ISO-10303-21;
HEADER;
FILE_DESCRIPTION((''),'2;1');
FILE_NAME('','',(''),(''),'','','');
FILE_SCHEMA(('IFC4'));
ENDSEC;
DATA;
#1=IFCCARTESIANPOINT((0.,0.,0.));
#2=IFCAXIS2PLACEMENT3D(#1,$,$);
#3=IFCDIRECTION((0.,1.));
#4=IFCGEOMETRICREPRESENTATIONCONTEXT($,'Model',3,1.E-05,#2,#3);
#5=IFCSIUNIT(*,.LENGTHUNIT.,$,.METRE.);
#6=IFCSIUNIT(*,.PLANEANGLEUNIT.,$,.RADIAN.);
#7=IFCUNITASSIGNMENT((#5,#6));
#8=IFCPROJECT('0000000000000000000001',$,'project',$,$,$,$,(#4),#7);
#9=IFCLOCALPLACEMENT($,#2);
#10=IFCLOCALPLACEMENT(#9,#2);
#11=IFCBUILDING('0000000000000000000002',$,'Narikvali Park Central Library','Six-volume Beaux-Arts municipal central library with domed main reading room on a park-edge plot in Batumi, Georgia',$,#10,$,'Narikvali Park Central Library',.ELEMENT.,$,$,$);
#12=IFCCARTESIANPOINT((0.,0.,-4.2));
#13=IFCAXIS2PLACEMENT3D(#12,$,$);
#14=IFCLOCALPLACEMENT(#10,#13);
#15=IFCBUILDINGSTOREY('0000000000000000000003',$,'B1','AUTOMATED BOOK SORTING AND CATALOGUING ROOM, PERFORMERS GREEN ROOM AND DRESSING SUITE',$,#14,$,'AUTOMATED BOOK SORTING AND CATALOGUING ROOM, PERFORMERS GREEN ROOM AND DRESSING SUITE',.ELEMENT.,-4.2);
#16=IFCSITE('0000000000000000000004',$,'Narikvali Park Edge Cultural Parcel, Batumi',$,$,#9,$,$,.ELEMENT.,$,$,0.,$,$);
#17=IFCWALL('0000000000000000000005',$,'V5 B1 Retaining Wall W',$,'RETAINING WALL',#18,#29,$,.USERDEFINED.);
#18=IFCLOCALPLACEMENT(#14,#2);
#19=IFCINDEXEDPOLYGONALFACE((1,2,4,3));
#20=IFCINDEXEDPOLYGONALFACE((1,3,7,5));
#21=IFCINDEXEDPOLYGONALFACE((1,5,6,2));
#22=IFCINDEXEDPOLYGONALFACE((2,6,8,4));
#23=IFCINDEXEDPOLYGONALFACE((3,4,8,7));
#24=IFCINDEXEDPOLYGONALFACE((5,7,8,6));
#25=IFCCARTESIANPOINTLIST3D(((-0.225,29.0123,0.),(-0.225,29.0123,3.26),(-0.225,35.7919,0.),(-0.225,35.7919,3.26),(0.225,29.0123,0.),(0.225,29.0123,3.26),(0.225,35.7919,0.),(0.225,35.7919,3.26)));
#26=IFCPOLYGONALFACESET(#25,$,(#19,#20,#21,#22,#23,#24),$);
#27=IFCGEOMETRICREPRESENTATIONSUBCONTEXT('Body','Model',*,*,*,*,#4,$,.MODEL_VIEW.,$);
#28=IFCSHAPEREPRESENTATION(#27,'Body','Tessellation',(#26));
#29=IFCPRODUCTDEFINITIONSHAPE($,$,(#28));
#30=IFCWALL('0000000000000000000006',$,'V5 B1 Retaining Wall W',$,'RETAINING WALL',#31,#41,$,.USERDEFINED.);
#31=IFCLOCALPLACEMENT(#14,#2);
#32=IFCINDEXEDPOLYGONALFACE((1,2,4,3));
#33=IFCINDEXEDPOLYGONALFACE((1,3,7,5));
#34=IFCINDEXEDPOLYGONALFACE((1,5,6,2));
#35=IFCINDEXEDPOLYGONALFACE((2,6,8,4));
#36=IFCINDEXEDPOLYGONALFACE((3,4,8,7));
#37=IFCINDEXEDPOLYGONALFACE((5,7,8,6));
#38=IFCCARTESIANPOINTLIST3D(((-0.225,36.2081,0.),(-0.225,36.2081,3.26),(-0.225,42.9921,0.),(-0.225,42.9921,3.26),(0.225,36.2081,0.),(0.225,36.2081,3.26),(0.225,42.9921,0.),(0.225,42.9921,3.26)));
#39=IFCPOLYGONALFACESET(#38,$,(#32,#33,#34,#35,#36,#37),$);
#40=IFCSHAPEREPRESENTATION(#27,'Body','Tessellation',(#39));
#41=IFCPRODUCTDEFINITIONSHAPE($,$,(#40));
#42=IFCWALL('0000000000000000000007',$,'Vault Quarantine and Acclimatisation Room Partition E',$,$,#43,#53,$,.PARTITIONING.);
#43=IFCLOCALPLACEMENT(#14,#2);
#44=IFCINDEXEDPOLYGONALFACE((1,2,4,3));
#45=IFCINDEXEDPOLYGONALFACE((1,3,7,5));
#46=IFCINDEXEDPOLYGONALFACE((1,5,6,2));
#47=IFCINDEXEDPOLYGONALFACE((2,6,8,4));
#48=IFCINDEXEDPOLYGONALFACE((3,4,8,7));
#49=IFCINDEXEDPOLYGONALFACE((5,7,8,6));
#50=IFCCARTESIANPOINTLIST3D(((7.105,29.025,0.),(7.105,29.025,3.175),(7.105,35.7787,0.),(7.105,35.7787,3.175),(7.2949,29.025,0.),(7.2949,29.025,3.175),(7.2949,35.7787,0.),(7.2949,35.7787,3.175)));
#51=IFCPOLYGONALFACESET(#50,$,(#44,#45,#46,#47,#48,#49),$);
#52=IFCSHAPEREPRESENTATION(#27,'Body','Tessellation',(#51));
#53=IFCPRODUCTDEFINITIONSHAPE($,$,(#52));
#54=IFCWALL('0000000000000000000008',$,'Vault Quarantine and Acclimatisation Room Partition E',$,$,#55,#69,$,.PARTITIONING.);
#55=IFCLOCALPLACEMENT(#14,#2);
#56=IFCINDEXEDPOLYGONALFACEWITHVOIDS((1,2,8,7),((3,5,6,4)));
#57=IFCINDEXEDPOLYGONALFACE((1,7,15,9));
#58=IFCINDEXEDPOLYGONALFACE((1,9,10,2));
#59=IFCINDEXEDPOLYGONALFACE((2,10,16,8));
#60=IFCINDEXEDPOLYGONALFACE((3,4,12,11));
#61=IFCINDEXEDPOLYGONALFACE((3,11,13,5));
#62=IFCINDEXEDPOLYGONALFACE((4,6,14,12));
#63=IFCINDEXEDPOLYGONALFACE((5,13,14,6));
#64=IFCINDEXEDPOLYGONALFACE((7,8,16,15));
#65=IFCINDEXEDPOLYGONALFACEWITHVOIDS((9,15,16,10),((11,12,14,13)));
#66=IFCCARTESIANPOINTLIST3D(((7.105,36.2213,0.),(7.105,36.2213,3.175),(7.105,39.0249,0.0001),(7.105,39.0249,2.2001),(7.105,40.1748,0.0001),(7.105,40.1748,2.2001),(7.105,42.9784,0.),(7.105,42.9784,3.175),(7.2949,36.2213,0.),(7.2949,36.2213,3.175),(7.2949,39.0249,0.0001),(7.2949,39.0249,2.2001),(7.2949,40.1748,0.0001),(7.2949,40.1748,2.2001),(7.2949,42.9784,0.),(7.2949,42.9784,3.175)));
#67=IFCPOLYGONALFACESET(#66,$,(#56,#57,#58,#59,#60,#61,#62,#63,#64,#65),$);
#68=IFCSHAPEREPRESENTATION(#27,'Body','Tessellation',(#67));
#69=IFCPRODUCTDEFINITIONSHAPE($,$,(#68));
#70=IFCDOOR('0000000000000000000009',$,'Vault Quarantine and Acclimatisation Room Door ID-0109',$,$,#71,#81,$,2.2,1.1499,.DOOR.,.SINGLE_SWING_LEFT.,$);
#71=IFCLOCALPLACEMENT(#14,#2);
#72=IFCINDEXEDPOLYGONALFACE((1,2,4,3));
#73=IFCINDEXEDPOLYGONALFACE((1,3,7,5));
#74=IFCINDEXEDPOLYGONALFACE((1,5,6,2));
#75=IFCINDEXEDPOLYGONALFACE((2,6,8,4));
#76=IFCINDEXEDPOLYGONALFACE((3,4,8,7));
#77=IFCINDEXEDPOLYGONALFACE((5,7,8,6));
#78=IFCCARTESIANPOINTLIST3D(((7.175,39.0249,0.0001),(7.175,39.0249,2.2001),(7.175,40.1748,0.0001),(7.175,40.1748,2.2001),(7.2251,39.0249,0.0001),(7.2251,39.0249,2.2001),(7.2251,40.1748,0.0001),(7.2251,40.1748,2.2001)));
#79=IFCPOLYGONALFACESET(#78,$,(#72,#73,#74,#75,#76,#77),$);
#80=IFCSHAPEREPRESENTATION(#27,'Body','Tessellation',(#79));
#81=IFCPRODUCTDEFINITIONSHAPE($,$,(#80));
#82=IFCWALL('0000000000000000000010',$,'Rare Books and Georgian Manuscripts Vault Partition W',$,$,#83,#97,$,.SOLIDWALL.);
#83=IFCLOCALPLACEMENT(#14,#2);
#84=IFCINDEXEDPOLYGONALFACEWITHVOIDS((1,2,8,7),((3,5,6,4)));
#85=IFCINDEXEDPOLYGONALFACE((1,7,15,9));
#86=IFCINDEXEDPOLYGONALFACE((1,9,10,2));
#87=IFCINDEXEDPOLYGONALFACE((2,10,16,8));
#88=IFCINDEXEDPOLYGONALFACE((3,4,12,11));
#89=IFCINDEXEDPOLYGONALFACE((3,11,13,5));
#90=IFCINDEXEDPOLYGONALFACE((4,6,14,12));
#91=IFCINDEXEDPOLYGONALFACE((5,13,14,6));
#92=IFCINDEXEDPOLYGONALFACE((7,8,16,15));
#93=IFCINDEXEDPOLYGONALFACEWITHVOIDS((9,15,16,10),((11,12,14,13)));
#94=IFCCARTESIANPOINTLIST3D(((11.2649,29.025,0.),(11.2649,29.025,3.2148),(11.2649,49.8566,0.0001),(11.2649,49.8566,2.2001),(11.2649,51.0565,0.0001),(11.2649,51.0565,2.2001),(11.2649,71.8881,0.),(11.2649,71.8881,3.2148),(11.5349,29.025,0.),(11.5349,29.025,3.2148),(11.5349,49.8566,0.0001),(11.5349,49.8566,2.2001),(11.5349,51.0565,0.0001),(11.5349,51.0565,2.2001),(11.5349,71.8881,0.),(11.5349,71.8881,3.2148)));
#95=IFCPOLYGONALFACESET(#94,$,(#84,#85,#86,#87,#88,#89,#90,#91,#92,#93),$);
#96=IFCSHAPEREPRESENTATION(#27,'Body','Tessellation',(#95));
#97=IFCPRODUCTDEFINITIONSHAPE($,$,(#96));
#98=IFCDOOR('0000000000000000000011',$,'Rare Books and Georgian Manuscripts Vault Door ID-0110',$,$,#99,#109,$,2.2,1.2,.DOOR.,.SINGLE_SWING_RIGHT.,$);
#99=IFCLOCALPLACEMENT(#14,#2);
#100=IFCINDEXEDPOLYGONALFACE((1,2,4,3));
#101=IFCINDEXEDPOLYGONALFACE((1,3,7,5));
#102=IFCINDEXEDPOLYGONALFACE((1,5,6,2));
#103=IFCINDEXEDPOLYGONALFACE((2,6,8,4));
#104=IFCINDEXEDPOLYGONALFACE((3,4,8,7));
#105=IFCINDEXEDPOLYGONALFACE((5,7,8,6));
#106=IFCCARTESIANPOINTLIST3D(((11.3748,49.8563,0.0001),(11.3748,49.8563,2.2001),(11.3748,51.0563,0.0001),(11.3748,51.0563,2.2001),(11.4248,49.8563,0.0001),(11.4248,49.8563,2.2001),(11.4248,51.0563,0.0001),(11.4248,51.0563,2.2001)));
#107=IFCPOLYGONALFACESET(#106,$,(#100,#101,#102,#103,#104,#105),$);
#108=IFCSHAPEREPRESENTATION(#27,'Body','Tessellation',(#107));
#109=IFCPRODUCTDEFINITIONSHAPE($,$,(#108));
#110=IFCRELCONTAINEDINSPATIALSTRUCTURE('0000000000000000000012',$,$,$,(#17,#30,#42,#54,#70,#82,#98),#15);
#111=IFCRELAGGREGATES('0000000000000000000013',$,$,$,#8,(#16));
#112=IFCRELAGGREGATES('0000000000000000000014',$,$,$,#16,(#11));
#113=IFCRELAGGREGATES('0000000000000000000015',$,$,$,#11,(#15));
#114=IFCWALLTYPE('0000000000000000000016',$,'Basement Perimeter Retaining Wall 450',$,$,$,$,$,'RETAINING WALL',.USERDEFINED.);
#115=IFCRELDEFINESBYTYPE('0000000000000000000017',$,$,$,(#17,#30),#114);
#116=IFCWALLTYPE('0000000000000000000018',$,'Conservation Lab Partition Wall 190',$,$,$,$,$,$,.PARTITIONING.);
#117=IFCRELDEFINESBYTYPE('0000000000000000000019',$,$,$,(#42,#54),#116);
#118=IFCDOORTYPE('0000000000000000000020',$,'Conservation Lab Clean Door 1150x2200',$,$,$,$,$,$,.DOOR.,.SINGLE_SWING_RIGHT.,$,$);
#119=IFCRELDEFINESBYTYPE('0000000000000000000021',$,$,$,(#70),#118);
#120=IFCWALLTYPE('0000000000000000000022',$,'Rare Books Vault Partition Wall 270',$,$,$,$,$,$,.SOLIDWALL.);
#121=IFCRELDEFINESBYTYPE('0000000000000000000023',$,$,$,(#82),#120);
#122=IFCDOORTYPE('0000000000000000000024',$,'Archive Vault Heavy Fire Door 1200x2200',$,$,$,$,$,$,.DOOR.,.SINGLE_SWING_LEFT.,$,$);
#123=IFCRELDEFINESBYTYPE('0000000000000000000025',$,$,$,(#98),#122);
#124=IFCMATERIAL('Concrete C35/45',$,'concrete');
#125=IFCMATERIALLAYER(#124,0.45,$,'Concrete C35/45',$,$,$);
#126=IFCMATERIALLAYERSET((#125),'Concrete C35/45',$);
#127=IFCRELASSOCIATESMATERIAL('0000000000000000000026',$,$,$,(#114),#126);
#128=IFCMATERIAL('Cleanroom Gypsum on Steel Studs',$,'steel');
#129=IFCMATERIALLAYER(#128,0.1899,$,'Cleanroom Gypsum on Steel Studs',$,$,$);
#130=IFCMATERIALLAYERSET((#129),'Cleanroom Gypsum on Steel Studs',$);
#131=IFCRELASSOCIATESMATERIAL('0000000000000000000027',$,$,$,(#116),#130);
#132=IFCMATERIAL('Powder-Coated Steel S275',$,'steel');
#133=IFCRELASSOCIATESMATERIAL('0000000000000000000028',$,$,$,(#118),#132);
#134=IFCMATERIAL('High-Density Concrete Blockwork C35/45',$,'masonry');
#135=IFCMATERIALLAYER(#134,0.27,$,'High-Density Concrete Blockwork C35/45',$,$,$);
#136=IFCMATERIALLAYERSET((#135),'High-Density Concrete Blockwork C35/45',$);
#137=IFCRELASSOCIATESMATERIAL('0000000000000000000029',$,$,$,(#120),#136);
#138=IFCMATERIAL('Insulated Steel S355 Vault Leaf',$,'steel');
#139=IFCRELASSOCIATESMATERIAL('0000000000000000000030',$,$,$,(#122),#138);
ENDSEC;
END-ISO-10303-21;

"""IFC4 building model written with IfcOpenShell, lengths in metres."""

from ifc_helpers import new_model, si_unit, direction, frame, frame_2d, origin, place, context, subcontext, project, spatial, rectangle, extrude, material, layer, layer_set, type_object, element, fill, save


model = new_model("IFC4")

# Units and contexts
model_context = context("Model", 3, precision=1e-05, world=origin(), true_north=direction((0.0, 1.0)))
body_context = subcontext(model_context, "Body", "Model", "MODEL_VIEW")
ifc_project = project(units=[si_unit("LENGTHUNIT", "METRE"), si_unit("PLANEANGLEUNIT", "RADIAN")], contexts=[model_context])

# Site, building, storey
site_placement = place(None, origin())
site = spatial("IfcSite", under=ifc_project, at=site_placement, Name="Narikvali Park Edge Cultural Parcel, Batumi", CompositionType="ELEMENT", RefElevation=0.0)
building_placement = place(site_placement, origin())
building = spatial("IfcBuilding", under=site, at=building_placement, Name="Narikvali Park Central Library", Description="Six-volume Beaux-Arts municipal central library with domed main reading room on a park-edge plot in Batumi, Georgia", LongName="Narikvali Park Central Library", CompositionType="ELEMENT")
storey_placement = place(building_placement, frame((0.0, 0.0, -4.2)))
storey = spatial("IfcBuildingStorey", under=building, at=storey_placement, Name="B1", Description="AUTOMATED BOOK SORTING AND CATALOGUING ROOM, PERFORMERS GREEN ROOM AND DRESSING SUITE", LongName="AUTOMATED BOOK SORTING AND CATALOGUING ROOM, PERFORMERS GREEN ROOM AND DRESSING SUITE", CompositionType="ELEMENT", Elevation=-4.2)

# Shared definitions
ifc_material_1 = material(Name="Concrete C35/45", Category="concrete")

# Walls
ifc_layer_1 = layer(ifc_material_1, 0.45, Name="Concrete C35/45")
ifc_layer_set_1 = layer_set([ifc_layer_1], Name="Concrete C35/45")
wall_type_1 = type_object("IfcWallType", Name="Basement Perimeter Retaining Wall 450", ElementType="RETAINING WALL", PredefinedType="USERDEFINED", material=ifc_layer_set_1)
wall_1_placement = place(storey_placement, frame((0.0, 29.0125, 0.0), z_axis=(0.0, 0.0, 1.0), x_axis=(0.0, 1.0, 0.0)))
element("IfcWall", 1, at=wall_1_placement, inside=storey, type_object=wall_type_1, Name="V5 B1 Retaining Wall W", ObjectType="RETAINING WALL", PredefinedType="USERDEFINED", context=body_context, shape_type="SweptSolid", body=[
    extrude(rectangle(XDim=6.7795, YDim=0.45, at=frame_2d((3.3896, 0.0))), origin(), (0.0, 0.0, 1.0), 3.26),
])
wall_2_placement = place(storey_placement, frame((0.0, 36.208, 0.0), z_axis=(0.0, 0.0, 1.0), x_axis=(0.0, 1.0, 0.0)))
element("IfcWall", 2, at=wall_2_placement, inside=storey, type_object=wall_type_1, Name="V5 B1 Retaining Wall W", ObjectType="RETAINING WALL", PredefinedType="USERDEFINED", context=body_context, shape_type="SweptSolid", body=[
    extrude(rectangle(XDim=6.7839, YDim=0.45, at=frame_2d((3.3921, 0.0))), origin(), (0.0, 0.0, 1.0), 3.26),
])
ifc_material_2 = material(Name="Cleanroom Gypsum on Steel Studs", Category="steel")
ifc_layer_2 = layer(ifc_material_2, 0.1899, Name="Cleanroom Gypsum on Steel Studs")
ifc_layer_set_2 = layer_set([ifc_layer_2], Name="Cleanroom Gypsum on Steel Studs")
wall_type_2 = type_object("IfcWallType", Name="Conservation Lab Partition Wall 190", PredefinedType="PARTITIONING", material=ifc_layer_set_2)
wall_3_placement = place(storey_placement, frame((7.2, 29.0249, 0.0), z_axis=(0.0, 0.0, 1.0), x_axis=(0.0, 1.0, 0.0)))
element("IfcWall", 3, at=wall_3_placement, inside=storey, type_object=wall_type_2, Name="Vault Quarantine and Acclimatisation Room Partition E", PredefinedType="PARTITIONING", context=body_context, shape_type="SweptSolid", body=[
    extrude(rectangle(XDim=6.7537, YDim=0.1899, at=frame_2d((3.377, 0.0))), origin(), (0.0, 0.0, 1.0), 3.175),
])

# Walls, openings, doors
wall_4_placement = place(storey_placement, frame((7.2, 36.2214, 0.0), z_axis=(0.0, 0.0, 1.0), x_axis=(0.0, 1.0, 0.0)))
wall_4 = element("IfcWall", 4, at=wall_4_placement, inside=storey, type_object=wall_type_2, Name="Vault Quarantine and Acclimatisation Room Partition E", PredefinedType="PARTITIONING", context=body_context, shape_type="SweptSolid", body=[
    extrude(rectangle(XDim=6.7571, YDim=0.1899, at=frame_2d((3.3784, 0.0))), origin(), (0.0, 0.0, 1.0), 3.175),
])
opening_1_placement = place(wall_4_placement, frame((2.8035, 0.0, 0.0)))
opening_1 = element("IfcOpeningElement", 5, at=opening_1_placement, cuts=wall_4, PredefinedType="OPENING", context=body_context, shape_type="SweptSolid", body=[
    extrude(rectangle(XDim=1.1499, YDim=2.2, at=frame_2d((0.575, 1.1001))), frame((0.0, 0.1069, 0.0), z_axis=(0.0, -1.0, 0.0), x_axis=(1.0, 0.0, 0.0)), (0.0, 0.0, 1.0), 0.2139),
])
ifc_material_3 = material(Name="Powder-Coated Steel S275", Category="steel")
door_type_1 = type_object("IfcDoorType", Name="Conservation Lab Clean Door 1150x2200", OperationType="SINGLE_SWING_RIGHT", PredefinedType="DOOR", material=ifc_material_3)
door_1_placement = place(opening_1_placement, origin())
door_1 = element("IfcDoor", 6, at=door_1_placement, inside=storey, type_object=door_type_1, Name="Vault Quarantine and Acclimatisation Room Door ID-0109", OperationType="SINGLE_SWING_LEFT", OverallHeight=2.2, OverallWidth=1.1499, PredefinedType="DOOR", context=body_context, shape_type="SweptSolid", body=[
    extrude(rectangle(XDim=1.1499, YDim=2.2, at=frame_2d((0.575, 1.1001))), frame((0.0, 0.0249, 0.0), z_axis=(0.0, -1.0, 0.0), x_axis=(1.0, 0.0, 0.0)), (0.0, 0.0, 1.0), 0.05),
])
fill(opening_1, door_1)
ifc_material_4 = material(Name="High-Density Concrete Blockwork C35/45", Category="masonry")
ifc_layer_3 = layer(ifc_material_4, 0.27, Name="High-Density Concrete Blockwork C35/45")
ifc_layer_set_3 = layer_set([ifc_layer_3], Name="High-Density Concrete Blockwork C35/45")
wall_type_3 = type_object("IfcWallType", Name="Rare Books Vault Partition Wall 270", PredefinedType="SOLIDWALL", material=ifc_layer_set_3)
wall_5_placement = place(storey_placement, frame((11.3999, 29.0249, 0.0), z_axis=(0.0, 0.0, 1.0), x_axis=(0.0, 1.0, 0.0)))
wall_5 = element("IfcWall", 7, at=wall_5_placement, inside=storey, type_object=wall_type_3, Name="Rare Books and Georgian Manuscripts Vault Partition W", PredefinedType="SOLIDWALL", context=body_context, shape_type="SweptSolid", body=[
    extrude(rectangle(XDim=42.863, YDim=0.27, at=frame_2d((21.4316, 0.0))), origin(), (0.0, 0.0, 1.0), 3.2148),
])
opening_2_placement = place(wall_5_placement, frame((20.8315, 0.0, 0.0)))
opening_2 = element("IfcOpeningElement", 8, at=opening_2_placement, cuts=wall_5, PredefinedType="OPENING", context=body_context, shape_type="SweptSolid", body=[
    extrude(rectangle(XDim=1.2, YDim=2.2, at=frame_2d((0.6001, 1.1001))), frame((0.0, 0.147, 0.0), z_axis=(0.0, -1.0, 0.0), x_axis=(1.0, 0.0, 0.0)), (0.0, 0.0, 1.0), 0.2939),
])
ifc_material_5 = material(Name="Insulated Steel S355 Vault Leaf", Category="steel")
door_type_2 = type_object("IfcDoorType", Name="Archive Vault Heavy Fire Door 1200x2200", OperationType="SINGLE_SWING_LEFT", PredefinedType="DOOR", material=ifc_material_5)
door_2_placement = place(opening_2_placement, frame((1.2, 0.0, 0.0), z_axis=(0.0, 0.0, 1.0), x_axis=(-1.0, 0.0, 0.0)))
door_2 = element("IfcDoor", 9, at=door_2_placement, inside=storey, type_object=door_type_2, Name="Rare Books and Georgian Manuscripts Vault Door ID-0110", OperationType="SINGLE_SWING_RIGHT", OverallHeight=2.2, OverallWidth=1.2, PredefinedType="DOOR", context=body_context, shape_type="SweptSolid", body=[
    extrude(rectangle(XDim=1.2, YDim=2.2, at=frame_2d((0.6001, 1.1001))), frame((0.0, 0.0249, 0.0), z_axis=(0.0, -1.0, 0.0), x_axis=(1.0, 0.0, 0.0)), (0.0, 0.0, 1.0), 0.05),
])
fill(opening_2, door_2)

save(model, "model.ifc")
